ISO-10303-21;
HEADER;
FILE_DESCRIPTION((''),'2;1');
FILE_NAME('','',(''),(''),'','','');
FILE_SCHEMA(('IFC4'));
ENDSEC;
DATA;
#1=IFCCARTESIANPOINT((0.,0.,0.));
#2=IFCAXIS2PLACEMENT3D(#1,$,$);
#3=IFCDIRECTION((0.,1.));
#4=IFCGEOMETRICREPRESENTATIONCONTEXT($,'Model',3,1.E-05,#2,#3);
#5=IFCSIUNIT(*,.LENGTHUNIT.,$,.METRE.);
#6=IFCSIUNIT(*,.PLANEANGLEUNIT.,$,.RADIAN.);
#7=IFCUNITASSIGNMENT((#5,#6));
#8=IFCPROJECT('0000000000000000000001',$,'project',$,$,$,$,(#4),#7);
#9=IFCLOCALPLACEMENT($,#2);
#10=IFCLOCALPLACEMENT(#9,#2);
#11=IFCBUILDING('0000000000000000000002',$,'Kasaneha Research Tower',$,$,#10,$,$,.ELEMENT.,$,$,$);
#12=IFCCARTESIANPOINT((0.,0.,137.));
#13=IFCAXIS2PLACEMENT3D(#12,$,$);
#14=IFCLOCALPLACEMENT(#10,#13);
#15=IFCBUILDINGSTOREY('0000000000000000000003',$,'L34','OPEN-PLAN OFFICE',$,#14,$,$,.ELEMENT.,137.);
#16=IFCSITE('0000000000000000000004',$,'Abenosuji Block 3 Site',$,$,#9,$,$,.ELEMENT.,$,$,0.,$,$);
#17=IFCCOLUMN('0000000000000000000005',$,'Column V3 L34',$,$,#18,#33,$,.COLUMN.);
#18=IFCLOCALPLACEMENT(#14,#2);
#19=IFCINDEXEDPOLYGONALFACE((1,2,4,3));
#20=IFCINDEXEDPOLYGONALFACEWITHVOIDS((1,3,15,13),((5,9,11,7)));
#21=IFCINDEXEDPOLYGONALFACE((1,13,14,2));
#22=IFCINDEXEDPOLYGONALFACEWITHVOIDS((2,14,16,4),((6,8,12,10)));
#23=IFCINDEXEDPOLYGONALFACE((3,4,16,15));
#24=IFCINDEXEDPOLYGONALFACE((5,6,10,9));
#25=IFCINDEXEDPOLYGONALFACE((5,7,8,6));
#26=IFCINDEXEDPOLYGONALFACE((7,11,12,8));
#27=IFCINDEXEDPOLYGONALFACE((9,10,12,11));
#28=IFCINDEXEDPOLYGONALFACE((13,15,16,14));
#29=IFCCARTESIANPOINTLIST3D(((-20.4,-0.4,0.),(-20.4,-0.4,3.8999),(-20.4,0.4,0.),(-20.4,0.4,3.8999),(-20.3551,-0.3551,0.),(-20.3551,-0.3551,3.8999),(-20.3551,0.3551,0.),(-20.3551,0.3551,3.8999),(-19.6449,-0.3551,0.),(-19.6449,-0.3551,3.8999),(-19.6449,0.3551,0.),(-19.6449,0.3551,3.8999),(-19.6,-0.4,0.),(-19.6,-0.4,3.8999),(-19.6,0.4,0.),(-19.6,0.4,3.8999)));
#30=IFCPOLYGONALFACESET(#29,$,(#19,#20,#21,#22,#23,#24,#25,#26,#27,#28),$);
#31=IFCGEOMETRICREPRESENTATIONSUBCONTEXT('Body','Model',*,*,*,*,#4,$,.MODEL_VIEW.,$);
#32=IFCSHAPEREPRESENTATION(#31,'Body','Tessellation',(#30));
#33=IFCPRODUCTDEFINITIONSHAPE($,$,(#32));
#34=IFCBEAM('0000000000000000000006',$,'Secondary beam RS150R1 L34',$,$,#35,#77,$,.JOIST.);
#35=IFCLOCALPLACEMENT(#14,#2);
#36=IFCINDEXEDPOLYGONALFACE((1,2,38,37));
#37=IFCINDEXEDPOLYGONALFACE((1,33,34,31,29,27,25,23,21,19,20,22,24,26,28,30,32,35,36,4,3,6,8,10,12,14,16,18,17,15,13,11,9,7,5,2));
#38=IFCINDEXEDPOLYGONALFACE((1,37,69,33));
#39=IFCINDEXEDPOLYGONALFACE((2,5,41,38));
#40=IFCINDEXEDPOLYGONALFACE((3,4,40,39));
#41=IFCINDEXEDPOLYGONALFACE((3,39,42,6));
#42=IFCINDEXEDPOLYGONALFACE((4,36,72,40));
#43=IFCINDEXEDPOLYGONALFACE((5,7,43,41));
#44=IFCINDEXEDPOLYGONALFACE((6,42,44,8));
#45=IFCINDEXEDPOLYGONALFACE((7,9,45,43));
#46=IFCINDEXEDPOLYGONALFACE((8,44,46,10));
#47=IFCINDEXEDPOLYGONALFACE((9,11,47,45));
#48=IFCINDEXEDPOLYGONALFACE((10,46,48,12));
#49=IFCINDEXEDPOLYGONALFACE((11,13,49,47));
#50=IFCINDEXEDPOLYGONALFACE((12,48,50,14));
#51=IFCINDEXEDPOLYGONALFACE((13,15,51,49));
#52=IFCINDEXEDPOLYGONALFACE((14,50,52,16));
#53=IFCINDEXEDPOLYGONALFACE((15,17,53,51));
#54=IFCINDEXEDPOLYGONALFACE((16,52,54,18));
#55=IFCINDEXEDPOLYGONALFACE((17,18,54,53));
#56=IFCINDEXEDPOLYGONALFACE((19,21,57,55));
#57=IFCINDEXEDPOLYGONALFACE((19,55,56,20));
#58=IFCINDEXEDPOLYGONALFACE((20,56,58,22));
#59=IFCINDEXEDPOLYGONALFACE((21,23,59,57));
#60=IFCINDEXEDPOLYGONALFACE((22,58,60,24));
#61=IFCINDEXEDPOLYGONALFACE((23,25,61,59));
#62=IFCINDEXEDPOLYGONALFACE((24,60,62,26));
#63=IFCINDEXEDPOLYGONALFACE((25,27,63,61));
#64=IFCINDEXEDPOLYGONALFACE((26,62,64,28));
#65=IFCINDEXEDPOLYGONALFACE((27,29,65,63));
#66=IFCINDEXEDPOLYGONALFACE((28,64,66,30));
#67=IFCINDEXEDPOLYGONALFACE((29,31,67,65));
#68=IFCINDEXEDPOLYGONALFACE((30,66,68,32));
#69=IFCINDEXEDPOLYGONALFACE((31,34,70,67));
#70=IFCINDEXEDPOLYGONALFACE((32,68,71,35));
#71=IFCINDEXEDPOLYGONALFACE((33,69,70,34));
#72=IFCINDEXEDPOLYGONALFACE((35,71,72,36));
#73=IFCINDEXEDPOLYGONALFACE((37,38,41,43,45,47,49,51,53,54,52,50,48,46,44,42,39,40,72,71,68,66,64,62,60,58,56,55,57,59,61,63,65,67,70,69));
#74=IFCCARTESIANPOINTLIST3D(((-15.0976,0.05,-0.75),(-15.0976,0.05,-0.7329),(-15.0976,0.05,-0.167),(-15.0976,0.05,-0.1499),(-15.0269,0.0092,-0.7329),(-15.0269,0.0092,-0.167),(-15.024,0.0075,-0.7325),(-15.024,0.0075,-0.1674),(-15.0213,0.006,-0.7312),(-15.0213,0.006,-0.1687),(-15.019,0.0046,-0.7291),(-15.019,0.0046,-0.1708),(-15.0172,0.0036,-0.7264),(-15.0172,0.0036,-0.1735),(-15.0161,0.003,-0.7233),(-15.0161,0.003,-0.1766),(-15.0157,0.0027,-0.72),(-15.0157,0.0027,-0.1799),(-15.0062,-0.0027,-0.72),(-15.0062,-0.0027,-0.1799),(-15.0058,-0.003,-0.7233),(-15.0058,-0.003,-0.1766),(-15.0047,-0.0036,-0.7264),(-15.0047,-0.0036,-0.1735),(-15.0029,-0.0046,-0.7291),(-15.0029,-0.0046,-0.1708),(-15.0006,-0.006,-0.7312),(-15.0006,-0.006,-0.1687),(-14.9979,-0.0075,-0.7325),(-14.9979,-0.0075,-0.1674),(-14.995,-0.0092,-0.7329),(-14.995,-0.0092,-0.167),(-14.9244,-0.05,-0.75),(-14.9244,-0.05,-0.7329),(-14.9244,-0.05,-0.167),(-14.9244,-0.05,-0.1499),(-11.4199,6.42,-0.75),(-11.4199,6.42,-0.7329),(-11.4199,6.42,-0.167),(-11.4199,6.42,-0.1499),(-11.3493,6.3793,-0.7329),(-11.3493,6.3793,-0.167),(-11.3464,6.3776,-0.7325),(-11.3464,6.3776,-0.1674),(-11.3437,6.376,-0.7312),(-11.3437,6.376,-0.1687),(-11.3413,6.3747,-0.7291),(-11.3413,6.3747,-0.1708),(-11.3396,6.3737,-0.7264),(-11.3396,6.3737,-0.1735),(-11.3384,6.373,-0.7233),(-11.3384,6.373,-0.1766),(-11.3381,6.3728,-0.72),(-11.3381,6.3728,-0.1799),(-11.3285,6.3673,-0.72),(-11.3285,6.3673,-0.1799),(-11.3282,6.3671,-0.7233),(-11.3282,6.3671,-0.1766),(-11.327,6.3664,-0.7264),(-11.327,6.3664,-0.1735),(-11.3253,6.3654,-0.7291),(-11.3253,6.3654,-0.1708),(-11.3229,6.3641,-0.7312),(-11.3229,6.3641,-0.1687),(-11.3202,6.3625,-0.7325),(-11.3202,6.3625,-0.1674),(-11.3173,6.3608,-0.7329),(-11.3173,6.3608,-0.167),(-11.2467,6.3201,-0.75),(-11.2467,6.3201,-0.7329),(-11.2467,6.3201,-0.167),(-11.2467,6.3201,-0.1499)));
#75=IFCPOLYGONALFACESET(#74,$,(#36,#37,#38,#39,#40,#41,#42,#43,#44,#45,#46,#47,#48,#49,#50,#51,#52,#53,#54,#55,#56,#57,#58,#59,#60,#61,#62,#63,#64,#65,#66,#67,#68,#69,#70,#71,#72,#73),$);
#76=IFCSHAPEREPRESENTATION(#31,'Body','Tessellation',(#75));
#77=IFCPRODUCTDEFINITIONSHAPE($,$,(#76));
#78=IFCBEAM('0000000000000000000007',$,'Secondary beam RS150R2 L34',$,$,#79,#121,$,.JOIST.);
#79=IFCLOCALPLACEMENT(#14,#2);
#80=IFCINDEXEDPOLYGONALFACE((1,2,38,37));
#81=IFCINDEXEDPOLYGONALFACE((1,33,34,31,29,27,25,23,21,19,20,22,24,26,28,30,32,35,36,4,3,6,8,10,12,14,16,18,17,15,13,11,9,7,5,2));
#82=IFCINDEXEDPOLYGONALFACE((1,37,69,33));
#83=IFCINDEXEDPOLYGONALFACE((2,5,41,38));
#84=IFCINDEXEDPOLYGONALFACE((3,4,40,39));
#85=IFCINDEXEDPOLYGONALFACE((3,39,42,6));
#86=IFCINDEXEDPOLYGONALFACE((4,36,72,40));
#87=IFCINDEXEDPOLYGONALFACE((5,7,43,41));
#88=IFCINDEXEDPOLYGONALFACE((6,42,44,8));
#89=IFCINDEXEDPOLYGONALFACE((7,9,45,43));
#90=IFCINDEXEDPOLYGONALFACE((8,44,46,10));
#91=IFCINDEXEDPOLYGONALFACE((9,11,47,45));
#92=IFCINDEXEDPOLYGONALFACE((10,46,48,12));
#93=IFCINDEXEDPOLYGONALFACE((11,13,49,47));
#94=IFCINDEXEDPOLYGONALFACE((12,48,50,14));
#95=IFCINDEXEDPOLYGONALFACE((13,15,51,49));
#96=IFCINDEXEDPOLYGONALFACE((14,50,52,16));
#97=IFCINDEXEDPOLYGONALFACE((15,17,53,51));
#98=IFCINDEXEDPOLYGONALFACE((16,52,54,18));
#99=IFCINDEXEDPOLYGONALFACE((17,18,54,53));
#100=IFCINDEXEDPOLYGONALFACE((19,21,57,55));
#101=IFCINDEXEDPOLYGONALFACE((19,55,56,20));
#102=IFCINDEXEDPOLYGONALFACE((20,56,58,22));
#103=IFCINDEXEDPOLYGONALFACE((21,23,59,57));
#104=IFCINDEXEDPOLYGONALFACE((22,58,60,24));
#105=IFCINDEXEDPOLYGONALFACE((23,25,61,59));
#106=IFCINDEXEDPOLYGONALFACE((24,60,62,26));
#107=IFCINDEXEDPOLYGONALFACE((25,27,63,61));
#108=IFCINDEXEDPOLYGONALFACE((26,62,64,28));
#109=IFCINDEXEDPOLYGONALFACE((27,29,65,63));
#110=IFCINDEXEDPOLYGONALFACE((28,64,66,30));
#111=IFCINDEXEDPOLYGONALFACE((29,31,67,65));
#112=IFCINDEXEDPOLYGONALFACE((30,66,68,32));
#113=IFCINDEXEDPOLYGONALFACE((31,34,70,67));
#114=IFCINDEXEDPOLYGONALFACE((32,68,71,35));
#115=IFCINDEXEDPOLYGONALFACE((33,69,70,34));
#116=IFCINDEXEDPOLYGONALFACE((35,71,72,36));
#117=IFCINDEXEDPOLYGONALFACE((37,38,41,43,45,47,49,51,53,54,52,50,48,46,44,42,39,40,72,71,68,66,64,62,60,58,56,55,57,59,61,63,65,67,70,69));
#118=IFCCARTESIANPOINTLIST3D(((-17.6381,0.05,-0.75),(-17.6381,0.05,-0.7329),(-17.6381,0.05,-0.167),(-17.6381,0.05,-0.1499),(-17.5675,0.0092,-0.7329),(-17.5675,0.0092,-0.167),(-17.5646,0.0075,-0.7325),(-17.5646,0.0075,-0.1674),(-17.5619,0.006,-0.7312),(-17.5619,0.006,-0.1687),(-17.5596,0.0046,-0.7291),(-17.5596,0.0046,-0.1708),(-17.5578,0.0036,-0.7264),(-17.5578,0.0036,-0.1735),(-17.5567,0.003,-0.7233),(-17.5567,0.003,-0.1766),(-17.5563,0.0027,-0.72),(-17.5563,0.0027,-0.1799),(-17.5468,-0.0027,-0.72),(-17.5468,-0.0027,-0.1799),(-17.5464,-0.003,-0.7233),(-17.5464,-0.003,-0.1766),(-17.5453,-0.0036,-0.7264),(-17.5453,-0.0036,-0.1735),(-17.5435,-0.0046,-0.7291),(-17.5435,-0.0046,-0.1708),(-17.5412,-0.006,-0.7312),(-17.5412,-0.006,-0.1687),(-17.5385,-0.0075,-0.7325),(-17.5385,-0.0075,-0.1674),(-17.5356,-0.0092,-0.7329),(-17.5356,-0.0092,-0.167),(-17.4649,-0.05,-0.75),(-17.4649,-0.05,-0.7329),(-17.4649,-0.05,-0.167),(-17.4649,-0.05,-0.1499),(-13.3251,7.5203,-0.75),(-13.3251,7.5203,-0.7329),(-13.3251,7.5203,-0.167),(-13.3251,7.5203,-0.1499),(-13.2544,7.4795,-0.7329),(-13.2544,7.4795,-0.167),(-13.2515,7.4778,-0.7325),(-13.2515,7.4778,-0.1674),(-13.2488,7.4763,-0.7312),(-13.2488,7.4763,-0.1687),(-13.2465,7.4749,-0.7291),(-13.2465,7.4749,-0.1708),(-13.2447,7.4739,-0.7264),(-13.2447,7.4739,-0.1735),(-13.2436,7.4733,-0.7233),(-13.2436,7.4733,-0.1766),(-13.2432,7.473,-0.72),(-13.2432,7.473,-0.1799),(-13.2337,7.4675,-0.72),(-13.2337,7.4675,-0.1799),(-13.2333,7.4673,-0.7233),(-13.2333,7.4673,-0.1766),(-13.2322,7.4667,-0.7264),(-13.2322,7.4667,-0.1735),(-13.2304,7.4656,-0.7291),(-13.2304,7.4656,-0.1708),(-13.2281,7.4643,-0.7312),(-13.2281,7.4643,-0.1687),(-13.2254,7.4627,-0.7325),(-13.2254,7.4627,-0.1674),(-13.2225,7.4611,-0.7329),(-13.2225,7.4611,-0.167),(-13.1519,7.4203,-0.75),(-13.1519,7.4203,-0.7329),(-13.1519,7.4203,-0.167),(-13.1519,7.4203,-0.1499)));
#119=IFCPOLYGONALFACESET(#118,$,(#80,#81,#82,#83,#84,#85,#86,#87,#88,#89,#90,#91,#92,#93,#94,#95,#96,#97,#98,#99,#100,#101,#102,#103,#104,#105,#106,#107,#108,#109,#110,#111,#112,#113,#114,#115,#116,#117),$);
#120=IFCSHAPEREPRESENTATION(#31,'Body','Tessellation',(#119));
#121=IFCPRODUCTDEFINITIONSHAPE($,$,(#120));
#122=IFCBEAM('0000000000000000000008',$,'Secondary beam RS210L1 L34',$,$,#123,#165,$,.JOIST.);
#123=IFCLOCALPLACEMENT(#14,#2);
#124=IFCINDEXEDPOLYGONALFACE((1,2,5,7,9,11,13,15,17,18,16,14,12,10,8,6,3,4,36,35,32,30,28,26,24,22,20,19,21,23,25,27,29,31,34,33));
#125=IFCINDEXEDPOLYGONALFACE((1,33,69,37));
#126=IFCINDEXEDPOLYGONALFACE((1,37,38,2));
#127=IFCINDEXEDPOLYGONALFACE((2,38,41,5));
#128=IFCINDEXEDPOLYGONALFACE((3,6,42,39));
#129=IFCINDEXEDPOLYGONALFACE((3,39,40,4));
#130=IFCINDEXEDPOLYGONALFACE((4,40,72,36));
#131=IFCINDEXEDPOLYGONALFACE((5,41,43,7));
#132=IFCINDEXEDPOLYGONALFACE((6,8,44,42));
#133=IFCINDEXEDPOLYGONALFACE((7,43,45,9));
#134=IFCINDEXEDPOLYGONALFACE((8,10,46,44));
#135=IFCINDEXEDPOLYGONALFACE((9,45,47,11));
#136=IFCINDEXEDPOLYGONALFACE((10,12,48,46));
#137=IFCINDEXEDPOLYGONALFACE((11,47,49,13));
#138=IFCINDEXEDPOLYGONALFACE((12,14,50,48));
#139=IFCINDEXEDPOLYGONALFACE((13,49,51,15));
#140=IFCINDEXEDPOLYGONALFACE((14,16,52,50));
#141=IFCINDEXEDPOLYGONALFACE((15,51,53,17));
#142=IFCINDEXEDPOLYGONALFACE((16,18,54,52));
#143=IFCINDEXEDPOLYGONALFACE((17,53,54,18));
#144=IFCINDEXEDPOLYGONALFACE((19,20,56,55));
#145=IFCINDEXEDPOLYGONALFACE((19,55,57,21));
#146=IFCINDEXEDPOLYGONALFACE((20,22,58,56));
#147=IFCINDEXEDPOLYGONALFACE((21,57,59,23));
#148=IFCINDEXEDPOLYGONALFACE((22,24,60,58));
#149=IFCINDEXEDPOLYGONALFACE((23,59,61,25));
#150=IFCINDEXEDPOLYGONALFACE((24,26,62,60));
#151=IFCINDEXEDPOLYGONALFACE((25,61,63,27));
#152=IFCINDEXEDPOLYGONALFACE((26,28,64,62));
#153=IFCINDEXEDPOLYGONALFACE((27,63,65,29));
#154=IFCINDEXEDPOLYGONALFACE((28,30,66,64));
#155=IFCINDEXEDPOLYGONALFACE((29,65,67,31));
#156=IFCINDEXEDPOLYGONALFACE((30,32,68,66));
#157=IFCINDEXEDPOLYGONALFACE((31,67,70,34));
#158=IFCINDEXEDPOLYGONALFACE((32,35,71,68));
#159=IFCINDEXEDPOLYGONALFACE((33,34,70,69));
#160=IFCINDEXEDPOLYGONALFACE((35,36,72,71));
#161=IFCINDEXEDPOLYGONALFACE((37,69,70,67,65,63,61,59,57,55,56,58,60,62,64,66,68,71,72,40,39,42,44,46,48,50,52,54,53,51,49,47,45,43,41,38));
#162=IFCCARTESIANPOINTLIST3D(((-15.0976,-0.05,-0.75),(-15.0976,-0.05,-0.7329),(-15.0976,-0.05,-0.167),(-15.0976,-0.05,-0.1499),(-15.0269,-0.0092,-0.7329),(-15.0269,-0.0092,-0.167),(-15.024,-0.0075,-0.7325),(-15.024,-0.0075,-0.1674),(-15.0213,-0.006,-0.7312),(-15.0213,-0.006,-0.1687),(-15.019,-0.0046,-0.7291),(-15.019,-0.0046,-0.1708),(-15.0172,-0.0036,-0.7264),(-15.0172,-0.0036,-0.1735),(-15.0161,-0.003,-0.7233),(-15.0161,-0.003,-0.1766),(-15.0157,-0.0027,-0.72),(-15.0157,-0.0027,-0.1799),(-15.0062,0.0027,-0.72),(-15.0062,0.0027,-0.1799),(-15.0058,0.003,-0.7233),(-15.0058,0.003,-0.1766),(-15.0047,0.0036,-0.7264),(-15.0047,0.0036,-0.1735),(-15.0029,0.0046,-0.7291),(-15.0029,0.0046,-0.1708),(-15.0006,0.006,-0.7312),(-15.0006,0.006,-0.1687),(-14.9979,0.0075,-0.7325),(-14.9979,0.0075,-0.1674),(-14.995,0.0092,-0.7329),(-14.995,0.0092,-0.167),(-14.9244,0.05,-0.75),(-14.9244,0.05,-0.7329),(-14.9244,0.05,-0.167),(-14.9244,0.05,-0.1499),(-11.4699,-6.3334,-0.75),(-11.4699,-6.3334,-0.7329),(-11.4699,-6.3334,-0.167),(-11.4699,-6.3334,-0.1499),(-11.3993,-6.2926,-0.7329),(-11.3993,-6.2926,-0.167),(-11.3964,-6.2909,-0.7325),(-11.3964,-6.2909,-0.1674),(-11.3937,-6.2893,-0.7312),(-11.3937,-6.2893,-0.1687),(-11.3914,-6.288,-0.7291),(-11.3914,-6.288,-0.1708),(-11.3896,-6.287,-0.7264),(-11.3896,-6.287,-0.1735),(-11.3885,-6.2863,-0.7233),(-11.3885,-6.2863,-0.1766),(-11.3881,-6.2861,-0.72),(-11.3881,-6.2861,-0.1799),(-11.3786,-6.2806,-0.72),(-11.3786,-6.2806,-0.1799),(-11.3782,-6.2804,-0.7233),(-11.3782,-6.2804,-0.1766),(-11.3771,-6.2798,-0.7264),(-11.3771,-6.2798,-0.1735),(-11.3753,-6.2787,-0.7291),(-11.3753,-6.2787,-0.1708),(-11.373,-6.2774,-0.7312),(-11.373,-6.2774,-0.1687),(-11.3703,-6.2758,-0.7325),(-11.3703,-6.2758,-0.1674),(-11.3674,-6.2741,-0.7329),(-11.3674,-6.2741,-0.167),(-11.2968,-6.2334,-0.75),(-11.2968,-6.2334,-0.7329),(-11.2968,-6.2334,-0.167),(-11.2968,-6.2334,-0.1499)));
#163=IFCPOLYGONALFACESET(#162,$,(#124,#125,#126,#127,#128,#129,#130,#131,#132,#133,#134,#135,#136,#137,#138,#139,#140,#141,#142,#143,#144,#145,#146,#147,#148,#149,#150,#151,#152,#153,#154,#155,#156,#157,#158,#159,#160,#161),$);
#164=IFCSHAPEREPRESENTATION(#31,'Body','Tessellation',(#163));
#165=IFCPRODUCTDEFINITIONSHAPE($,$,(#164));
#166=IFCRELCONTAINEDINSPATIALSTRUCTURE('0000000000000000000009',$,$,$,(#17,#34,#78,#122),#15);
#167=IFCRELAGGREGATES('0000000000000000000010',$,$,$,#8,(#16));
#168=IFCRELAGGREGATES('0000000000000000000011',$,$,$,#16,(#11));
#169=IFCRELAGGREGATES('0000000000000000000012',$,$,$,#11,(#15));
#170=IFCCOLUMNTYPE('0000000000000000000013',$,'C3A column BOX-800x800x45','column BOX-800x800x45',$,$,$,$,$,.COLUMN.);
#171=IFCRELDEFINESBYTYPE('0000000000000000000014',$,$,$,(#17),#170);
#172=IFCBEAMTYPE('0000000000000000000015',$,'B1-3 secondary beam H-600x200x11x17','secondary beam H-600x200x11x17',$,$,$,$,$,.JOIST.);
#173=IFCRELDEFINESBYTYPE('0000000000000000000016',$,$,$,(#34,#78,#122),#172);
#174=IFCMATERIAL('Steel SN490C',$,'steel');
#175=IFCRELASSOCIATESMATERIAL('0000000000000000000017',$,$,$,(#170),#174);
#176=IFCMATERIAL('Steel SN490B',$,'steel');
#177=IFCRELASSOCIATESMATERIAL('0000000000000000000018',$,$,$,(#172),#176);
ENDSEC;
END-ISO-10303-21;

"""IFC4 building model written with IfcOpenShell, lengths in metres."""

from ifc_helpers import new_model, si_unit, direction, frame, origin, origin_2d, place, context, subcontext, project, spatial, hollow_rectangle, i_section, extrude, material, material_profile, profile_set, type_object, element, save


model = new_model("IFC4")

# Units and contexts
model_context = context("Model", 3, precision=1e-05, world=origin(), true_north=direction((0.0, 1.0)))
body_context = subcontext(model_context, "Body", "Model", "MODEL_VIEW")
ifc_project = project(units=[si_unit("LENGTHUNIT", "METRE"), si_unit("PLANEANGLEUNIT", "RADIAN")], contexts=[model_context])

# Site, building, storey
site_placement = place(None, origin())
site = spatial("IfcSite", under=ifc_project, at=site_placement, Name="Abenosuji Block 3 Site", CompositionType="ELEMENT", RefElevation=0.0)
building_placement = place(site_placement, origin())
building = spatial("IfcBuilding", under=site, at=building_placement, Name="Kasaneha Research Tower", CompositionType="ELEMENT")
storey_placement = place(building_placement, frame((0.0, 0.0, 137.0)))
storey = spatial("IfcBuildingStorey", under=building, at=storey_placement, Name="L34", Description="OPEN-PLAN OFFICE", CompositionType="ELEMENT", Elevation=137.0)

# Column
ifc_material_1 = material(Name="Steel SN490C", Category="steel")
ifc_material_profile_1 = material_profile(ifc_material_1, hollow_rectangle(XDim=0.8, YDim=0.8, WallThickness=0.0449, at=origin_2d()), Name="BOX-800x800x45")
ifc_profile_set_1 = profile_set([ifc_material_profile_1], Name="Steel SN490C")
column_type = type_object("IfcColumnType", Name="C3A column BOX-800x800x45", Description="column BOX-800x800x45", PredefinedType="COLUMN", material=ifc_profile_set_1)
column_placement = place(storey_placement, frame((-20.0, 0.0, 0.0), z_axis=(0.0, 0.0, 1.0), x_axis=(1.0, 0.0, 0.0)))
element("IfcColumn", 1, at=column_placement, inside=storey, type_object=column_type, Name="Column V3 L34", PredefinedType="COLUMN", context=body_context, shape_type="SweptSolid", body=[
    extrude(hollow_rectangle(XDim=0.8, YDim=0.8, WallThickness=0.0449, at=origin_2d()), origin(), (0.0, 0.0, 1.0), 3.8999),
])

# Beams
ifc_material_2 = material(Name="Steel SN490B", Category="steel")
ifc_material_profile_2 = material_profile(ifc_material_2, i_section(OverallWidth=0.2, OverallDepth=0.6001, WebThickness=0.011, FlangeThickness=0.0171, FilletRadius=0.0129, at=origin_2d()), Name="H-600x200x11x17")
ifc_profile_set_2 = profile_set([ifc_material_profile_2], Name="Steel SN490B")
beam_type_1 = type_object("IfcBeamType", Name="B1-3 secondary beam H-600x200x11x17", Description="secondary beam H-600x200x11x17", PredefinedType="JOIST", material=ifc_profile_set_2)
beam_1_placement = place(storey_placement, frame((-15.011, 0.0, -0.45), z_axis=(0.499994, 0.866029, 0.0), x_axis=(-0.866029, 0.499994, 0.0)))
element("IfcBeam", 2, at=beam_1_placement, inside=storey, type_object=beam_type_1, Name="Secondary beam RS150R1 L34", PredefinedType="JOIST", context=body_context, shape_type="SweptSolid", body=[
    extrude(i_section(OverallWidth=0.2, OverallDepth=0.6001, WebThickness=0.011, FlangeThickness=0.0171, FilletRadius=0.0129, at=origin_2d()), origin(), (0.0, 0.0, 1.0), 7.3555),
])
beam_2_placement = place(storey_placement, frame((-17.5515, 0.0, -0.45), z_axis=(0.500005, 0.866023, 0.0), x_axis=(-0.866023, 0.500005, 0.0)))
element("IfcBeam", 3, at=beam_2_placement, inside=storey, type_object=beam_type_1, Name="Secondary beam RS150R2 L34", PredefinedType="JOIST", context=body_context, shape_type="SweptSolid", body=[
    extrude(i_section(OverallWidth=0.2, OverallDepth=0.6001, WebThickness=0.011, FlangeThickness=0.0171, FilletRadius=0.0129, at=origin_2d()), origin(), (0.0, 0.0, 1.0), 8.626),
])
beam_3_placement = place(storey_placement, frame((-15.011, 0.0, -0.45), z_axis=(0.499993, -0.866029, 0.0), x_axis=(0.866029, 0.499993, 0.0)))
element("IfcBeam", 4, at=beam_3_placement, inside=storey, type_object=beam_type_1, Name="Secondary beam RS210L1 L34", PredefinedType="JOIST", context=body_context, shape_type="SweptSolid", body=[
    extrude(i_section(OverallWidth=0.2, OverallDepth=0.6001, WebThickness=0.011, FlangeThickness=0.0171, FilletRadius=0.0129, at=origin_2d()), origin(), (0.0, 0.0, 1.0), 7.2554),
])

save(model, "model.ifc")
